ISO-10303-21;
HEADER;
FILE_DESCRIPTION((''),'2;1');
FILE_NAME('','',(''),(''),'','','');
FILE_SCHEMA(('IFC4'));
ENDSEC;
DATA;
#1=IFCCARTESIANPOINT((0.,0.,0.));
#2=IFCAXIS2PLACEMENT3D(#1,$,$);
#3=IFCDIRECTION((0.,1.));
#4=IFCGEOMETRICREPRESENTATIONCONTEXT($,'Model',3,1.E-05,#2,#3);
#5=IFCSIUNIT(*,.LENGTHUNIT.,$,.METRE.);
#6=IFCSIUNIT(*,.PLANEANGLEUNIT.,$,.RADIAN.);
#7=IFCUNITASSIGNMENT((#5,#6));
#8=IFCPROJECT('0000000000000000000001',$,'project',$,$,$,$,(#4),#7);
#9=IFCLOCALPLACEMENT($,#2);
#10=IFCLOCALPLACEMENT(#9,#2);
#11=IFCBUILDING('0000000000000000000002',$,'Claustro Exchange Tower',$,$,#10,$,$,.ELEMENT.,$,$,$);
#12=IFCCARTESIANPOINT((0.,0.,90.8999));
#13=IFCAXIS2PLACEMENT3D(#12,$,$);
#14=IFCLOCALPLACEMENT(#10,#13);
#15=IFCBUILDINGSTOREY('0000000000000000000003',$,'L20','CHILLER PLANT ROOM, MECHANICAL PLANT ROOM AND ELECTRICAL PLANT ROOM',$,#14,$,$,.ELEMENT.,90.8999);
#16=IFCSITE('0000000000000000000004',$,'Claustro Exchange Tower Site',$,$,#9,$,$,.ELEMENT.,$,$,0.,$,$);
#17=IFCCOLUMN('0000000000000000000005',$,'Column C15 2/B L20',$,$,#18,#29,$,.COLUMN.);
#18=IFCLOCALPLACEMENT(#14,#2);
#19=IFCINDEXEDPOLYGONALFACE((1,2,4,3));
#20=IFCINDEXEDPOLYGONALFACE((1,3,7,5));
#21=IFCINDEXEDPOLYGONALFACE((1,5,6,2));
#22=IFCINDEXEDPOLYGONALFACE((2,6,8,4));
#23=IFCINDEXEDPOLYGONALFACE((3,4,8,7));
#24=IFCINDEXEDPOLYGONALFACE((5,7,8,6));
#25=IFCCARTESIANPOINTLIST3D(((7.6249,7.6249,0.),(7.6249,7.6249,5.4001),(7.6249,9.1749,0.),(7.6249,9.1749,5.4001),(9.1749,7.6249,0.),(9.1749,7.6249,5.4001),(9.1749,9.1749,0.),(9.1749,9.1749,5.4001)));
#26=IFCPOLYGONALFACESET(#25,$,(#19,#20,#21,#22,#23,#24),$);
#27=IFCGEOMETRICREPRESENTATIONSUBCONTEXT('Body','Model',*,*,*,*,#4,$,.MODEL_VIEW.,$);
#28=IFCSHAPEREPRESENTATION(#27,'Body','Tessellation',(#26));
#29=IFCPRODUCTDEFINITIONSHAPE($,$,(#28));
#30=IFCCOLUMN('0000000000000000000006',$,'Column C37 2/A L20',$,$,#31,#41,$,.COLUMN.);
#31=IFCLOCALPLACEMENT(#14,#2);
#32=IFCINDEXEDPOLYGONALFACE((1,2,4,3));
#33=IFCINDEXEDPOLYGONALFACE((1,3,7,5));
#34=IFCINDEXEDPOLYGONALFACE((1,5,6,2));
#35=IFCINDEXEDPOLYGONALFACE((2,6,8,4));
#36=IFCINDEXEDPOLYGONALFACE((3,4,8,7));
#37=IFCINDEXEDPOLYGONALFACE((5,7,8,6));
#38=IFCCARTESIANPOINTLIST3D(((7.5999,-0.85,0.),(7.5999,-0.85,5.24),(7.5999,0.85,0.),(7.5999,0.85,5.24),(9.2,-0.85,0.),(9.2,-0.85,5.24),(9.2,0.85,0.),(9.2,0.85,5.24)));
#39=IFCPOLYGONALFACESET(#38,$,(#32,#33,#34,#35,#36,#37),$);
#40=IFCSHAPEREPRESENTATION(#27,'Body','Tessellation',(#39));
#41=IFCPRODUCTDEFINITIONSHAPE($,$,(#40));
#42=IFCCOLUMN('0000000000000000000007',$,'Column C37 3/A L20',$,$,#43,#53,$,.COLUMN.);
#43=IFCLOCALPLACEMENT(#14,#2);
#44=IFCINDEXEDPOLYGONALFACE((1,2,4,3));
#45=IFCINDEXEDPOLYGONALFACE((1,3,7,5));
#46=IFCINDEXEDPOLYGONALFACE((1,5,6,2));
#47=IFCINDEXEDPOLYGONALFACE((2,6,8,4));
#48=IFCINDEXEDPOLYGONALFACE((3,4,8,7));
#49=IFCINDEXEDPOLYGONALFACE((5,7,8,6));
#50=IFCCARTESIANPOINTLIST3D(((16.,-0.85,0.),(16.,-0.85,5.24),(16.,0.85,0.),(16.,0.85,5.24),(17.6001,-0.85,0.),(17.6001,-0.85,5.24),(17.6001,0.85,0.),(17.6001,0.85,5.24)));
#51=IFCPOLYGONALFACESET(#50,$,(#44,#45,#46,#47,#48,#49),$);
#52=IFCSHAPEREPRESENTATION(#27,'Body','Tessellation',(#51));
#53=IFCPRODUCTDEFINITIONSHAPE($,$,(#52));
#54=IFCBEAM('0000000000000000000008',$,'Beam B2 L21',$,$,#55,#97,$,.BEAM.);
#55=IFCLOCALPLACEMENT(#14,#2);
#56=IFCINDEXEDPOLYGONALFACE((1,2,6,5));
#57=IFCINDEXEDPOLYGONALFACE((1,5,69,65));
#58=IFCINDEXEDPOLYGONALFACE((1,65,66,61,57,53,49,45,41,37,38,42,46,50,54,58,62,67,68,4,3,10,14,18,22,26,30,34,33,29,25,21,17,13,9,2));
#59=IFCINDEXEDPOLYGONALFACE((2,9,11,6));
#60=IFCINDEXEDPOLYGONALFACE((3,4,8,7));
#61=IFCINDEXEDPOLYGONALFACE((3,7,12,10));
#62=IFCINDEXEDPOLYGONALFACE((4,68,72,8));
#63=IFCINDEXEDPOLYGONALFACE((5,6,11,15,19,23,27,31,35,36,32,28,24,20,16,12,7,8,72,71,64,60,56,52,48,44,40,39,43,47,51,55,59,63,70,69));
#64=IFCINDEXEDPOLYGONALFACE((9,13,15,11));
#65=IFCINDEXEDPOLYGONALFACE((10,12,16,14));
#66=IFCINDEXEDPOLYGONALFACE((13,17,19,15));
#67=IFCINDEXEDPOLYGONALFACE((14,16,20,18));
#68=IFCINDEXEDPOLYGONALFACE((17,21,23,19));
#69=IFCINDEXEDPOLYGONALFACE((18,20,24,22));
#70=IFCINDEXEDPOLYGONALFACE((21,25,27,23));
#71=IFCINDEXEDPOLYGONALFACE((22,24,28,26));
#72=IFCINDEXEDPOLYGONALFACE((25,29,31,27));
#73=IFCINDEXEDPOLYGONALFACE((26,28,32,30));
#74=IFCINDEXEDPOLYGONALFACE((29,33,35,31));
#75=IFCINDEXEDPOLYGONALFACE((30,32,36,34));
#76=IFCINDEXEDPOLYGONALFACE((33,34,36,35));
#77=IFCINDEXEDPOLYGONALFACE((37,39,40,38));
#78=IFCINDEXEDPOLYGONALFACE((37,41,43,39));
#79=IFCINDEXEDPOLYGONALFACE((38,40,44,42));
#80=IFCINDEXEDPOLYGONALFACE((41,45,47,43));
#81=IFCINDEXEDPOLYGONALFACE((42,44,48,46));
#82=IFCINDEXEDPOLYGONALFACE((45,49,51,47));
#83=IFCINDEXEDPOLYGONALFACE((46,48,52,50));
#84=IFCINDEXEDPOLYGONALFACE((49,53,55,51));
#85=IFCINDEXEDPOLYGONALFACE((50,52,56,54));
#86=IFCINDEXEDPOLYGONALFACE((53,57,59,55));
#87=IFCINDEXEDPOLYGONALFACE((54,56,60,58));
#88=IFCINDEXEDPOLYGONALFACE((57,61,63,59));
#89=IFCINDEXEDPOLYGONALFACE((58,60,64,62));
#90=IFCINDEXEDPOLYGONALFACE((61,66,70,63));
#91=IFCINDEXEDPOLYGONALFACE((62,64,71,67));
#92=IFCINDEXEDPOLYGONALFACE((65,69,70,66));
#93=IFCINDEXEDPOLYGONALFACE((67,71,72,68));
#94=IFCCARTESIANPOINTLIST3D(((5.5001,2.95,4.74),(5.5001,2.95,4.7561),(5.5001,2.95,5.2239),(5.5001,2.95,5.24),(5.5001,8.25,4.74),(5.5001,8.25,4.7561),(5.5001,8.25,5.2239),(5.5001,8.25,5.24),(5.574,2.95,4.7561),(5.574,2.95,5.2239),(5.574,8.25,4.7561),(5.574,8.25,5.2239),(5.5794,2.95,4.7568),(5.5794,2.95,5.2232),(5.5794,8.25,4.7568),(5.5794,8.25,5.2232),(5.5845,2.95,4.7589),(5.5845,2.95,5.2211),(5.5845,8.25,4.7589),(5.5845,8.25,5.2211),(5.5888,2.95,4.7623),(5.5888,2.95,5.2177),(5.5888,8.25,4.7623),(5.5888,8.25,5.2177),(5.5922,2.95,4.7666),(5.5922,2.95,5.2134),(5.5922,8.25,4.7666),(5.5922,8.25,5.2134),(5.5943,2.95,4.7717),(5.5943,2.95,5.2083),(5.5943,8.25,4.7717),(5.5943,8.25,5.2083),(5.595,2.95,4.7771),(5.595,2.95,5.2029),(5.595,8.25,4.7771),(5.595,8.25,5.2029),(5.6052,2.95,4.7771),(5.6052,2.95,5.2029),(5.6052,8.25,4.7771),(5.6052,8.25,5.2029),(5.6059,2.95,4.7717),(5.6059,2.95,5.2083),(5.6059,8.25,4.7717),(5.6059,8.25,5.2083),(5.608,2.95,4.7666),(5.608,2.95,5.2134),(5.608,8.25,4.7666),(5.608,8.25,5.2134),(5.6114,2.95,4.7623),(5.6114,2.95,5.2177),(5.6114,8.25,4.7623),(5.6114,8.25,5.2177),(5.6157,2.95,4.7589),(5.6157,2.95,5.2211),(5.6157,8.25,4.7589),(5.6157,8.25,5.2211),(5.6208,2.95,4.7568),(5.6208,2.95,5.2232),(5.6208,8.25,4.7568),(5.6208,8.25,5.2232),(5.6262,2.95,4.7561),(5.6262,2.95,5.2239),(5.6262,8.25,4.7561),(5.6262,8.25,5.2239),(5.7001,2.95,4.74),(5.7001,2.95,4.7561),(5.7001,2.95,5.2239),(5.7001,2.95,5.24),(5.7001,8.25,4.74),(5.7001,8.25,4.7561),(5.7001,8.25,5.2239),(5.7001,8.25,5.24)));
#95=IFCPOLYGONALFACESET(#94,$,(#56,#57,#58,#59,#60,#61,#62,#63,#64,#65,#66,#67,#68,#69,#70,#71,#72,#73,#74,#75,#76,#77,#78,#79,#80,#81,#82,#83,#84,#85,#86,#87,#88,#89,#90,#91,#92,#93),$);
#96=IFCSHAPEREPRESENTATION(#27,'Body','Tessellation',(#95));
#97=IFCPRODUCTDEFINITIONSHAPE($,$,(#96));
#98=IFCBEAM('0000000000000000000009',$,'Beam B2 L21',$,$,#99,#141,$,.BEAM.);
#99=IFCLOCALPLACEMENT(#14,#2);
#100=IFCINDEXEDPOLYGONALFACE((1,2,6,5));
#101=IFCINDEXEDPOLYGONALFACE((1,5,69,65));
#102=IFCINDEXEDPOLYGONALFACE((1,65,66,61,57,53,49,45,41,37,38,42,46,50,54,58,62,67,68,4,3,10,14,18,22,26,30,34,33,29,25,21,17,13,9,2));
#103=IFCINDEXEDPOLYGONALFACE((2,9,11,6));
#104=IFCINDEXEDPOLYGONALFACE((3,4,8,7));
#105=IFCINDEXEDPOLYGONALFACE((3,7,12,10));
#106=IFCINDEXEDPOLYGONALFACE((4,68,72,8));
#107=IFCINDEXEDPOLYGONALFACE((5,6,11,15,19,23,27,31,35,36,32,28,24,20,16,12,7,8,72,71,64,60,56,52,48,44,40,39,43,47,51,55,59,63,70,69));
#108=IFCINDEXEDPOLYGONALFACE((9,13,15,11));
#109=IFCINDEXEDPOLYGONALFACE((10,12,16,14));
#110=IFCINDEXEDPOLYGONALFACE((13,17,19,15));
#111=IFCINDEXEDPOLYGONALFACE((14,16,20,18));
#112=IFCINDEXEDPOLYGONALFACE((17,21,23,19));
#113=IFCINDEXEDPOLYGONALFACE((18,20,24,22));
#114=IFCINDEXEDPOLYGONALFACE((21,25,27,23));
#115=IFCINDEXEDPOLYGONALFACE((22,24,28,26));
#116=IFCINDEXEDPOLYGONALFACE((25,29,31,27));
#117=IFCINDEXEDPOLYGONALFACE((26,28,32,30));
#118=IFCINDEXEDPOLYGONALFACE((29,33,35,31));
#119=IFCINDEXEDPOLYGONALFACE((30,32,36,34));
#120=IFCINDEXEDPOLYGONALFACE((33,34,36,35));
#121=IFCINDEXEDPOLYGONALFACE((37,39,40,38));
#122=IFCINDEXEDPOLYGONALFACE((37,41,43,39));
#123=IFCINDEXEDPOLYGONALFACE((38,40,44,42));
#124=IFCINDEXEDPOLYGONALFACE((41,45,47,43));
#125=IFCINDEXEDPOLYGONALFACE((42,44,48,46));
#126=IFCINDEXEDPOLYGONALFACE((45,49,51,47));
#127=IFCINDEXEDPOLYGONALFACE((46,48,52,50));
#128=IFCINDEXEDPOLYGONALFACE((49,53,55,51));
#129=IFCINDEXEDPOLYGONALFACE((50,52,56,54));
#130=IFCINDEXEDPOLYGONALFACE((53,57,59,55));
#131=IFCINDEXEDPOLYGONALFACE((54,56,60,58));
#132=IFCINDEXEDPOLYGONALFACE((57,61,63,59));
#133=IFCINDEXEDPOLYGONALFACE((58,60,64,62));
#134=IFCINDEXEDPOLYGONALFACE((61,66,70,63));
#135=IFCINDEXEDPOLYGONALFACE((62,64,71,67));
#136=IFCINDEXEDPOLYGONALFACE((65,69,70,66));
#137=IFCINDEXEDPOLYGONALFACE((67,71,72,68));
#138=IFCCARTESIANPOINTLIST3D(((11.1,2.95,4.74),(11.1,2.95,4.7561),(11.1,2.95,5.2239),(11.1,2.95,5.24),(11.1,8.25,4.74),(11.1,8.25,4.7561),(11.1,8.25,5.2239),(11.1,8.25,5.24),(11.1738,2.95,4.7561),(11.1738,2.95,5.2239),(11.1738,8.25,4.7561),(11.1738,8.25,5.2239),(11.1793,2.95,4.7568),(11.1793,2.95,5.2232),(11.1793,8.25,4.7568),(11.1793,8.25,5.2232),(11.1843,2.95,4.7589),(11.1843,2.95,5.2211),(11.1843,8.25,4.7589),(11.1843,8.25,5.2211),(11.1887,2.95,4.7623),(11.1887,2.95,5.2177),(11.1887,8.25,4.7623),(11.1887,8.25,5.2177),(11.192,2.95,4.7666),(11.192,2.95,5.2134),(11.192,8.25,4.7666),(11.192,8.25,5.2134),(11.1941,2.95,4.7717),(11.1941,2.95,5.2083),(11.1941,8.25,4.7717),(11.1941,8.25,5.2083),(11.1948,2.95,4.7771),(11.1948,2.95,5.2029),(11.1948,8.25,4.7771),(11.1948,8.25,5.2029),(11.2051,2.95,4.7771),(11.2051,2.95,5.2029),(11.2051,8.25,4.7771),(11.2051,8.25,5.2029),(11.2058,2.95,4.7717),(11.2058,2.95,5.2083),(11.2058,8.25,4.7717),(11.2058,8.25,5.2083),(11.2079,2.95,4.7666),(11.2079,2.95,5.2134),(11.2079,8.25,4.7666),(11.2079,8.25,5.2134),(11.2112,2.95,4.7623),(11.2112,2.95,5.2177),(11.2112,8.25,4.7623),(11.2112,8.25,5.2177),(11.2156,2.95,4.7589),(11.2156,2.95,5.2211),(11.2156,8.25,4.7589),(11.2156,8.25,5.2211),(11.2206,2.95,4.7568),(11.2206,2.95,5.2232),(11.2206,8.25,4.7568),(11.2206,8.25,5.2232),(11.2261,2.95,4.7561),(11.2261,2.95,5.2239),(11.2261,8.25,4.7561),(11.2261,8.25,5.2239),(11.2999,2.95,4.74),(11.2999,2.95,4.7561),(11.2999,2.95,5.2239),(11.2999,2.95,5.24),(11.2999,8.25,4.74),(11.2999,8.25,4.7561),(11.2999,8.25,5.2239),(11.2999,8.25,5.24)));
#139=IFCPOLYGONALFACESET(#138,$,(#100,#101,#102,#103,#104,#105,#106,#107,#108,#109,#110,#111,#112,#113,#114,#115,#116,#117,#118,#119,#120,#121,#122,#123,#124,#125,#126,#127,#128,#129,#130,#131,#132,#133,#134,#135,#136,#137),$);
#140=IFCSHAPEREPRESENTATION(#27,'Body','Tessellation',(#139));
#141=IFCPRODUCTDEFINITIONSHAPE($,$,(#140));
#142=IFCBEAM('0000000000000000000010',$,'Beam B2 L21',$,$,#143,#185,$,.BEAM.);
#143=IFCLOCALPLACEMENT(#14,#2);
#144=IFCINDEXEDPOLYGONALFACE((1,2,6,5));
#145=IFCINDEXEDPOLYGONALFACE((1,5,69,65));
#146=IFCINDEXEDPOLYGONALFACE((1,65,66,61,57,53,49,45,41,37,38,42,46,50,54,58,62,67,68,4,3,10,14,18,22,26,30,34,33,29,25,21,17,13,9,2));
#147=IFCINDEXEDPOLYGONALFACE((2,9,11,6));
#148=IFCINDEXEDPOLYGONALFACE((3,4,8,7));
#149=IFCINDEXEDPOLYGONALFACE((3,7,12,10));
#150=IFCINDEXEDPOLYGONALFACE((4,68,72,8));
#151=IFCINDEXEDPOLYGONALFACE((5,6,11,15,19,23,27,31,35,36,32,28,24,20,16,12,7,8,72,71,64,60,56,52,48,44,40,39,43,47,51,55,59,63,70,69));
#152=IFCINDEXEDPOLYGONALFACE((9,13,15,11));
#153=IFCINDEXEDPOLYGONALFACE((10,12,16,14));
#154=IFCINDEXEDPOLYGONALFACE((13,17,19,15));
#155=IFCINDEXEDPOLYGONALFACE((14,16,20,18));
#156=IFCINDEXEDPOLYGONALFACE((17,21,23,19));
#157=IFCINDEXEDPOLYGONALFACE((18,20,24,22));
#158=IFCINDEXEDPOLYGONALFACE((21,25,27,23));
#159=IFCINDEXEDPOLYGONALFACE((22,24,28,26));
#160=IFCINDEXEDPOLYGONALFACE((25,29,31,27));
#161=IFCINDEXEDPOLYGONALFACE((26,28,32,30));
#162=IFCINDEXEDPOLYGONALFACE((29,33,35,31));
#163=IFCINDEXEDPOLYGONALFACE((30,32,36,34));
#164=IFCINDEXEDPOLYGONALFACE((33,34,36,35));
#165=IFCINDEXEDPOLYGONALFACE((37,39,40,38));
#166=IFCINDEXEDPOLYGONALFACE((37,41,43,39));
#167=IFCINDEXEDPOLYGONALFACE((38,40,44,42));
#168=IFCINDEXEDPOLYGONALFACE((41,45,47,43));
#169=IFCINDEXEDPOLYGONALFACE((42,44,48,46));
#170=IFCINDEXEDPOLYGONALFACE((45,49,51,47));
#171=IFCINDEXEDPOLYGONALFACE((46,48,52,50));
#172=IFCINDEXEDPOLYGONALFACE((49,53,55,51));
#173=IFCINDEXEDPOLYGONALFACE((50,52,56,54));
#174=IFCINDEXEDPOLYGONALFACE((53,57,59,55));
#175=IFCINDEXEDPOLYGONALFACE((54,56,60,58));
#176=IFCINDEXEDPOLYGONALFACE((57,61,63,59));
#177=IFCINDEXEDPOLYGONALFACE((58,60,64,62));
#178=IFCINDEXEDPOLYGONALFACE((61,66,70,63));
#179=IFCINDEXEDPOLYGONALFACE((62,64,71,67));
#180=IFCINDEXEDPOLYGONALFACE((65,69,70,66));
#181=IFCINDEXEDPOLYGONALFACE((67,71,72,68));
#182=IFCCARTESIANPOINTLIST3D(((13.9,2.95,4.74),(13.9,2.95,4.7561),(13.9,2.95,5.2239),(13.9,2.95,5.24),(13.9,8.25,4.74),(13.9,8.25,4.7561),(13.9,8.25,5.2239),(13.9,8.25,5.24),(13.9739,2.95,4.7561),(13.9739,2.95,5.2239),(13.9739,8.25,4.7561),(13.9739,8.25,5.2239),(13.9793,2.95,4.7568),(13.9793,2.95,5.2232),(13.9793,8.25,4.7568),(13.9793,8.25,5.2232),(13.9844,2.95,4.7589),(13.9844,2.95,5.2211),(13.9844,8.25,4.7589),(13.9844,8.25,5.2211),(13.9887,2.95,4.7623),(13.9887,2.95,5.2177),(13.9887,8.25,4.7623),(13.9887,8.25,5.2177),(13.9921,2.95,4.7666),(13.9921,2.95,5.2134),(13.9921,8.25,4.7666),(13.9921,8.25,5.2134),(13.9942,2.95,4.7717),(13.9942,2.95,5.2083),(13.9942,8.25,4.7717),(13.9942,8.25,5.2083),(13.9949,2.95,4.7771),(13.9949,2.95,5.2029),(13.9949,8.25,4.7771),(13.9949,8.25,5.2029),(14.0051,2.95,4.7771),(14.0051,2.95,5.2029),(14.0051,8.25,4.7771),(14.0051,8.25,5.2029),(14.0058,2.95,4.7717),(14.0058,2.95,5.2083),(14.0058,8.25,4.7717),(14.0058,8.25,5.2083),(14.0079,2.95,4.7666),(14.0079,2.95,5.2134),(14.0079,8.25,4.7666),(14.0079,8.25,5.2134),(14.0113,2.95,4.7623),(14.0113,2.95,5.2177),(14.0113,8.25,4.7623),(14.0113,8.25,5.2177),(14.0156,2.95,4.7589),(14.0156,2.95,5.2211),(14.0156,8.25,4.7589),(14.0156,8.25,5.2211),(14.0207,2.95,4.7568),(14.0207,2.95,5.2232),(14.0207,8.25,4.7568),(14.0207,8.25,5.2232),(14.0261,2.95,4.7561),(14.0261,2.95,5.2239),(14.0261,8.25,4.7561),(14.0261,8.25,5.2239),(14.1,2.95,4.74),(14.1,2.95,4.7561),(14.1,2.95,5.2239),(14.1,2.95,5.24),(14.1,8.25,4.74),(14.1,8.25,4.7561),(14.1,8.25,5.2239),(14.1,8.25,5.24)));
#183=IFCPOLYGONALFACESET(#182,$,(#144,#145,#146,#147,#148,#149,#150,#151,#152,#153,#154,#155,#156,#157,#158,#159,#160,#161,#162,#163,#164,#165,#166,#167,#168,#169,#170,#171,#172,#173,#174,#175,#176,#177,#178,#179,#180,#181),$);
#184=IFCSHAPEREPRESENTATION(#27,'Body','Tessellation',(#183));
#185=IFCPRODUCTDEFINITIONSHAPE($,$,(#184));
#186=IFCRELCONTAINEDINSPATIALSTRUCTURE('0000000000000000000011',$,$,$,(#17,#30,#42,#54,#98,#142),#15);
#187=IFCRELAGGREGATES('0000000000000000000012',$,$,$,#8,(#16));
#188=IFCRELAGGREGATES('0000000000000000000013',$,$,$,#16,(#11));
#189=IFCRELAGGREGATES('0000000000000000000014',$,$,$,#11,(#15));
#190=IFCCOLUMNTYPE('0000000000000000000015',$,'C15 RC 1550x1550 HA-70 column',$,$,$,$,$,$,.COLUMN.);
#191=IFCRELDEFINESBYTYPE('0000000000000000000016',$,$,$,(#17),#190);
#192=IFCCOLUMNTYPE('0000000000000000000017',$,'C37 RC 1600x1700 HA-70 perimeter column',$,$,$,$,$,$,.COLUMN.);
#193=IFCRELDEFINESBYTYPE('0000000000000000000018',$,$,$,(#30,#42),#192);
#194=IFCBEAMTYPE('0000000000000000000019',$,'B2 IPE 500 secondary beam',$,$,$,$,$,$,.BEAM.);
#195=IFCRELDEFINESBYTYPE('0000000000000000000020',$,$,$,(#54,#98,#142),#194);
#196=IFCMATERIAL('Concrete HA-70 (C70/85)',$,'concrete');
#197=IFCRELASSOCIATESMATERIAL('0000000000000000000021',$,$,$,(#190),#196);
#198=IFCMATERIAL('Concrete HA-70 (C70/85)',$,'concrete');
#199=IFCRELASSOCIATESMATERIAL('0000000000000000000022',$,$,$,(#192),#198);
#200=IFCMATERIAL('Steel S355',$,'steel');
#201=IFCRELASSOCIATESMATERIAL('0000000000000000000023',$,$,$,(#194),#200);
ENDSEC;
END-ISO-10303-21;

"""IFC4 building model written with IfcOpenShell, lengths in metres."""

from ifc_helpers import new_model, si_unit, direction, frame, origin, origin_2d, place, context, subcontext, project, spatial, rectangle, i_section, extrude, material, material_profile, profile_set, type_object, element, save


model = new_model("IFC4")

# Units and contexts
model_context = context("Model", 3, precision=1e-05, world=origin(), true_north=direction((0.0, 1.0)))
body_context = subcontext(model_context, "Body", "Model", "MODEL_VIEW")
ifc_project = project(units=[si_unit("LENGTHUNIT", "METRE"), si_unit("PLANEANGLEUNIT", "RADIAN")], contexts=[model_context])

# Site, building, storey
site_placement = place(None, origin())
site = spatial("IfcSite", under=ifc_project, at=site_placement, Name="Claustro Exchange Tower Site", CompositionType="ELEMENT", RefElevation=0.0)
building_placement = place(site_placement, origin())
building = spatial("IfcBuilding", under=site, at=building_placement, Name="Claustro Exchange Tower", CompositionType="ELEMENT")
storey_placement = place(building_placement, frame((0.0, 0.0, 90.8999)))
storey = spatial("IfcBuildingStorey", under=building, at=storey_placement, Name="L20", Description="CHILLER PLANT ROOM, MECHANICAL PLANT ROOM AND ELECTRICAL PLANT ROOM", CompositionType="ELEMENT", Elevation=90.8999)

# Columns
ifc_material_1 = material(Name="Concrete HA-70 (C70/85)", Category="concrete")
ifc_material_profile_1 = material_profile(ifc_material_1, rectangle(XDim=1.55, YDim=1.55, at=origin_2d()), Name="RC 1550x1550")
ifc_profile_set_1 = profile_set([ifc_material_profile_1], Name="Concrete HA-70 (C70/85)")
column_type_1 = type_object("IfcColumnType", Name="C15 RC 1550x1550 HA-70 column", PredefinedType="COLUMN", material=ifc_profile_set_1)
column_placement = place(storey_placement, frame((8.3999, 8.3999, 0.0), z_axis=(0.0, 0.0, 1.0), x_axis=(1.0, 0.0, 0.0)))
element("IfcColumn", 1, at=column_placement, inside=storey, type_object=column_type_1, Name="Column C15 2/B L20", PredefinedType="COLUMN", context=body_context, shape_type="SweptSolid", body=[
    extrude(rectangle(XDim=1.55, YDim=1.55, at=origin_2d()), origin(), (0.0, 0.0, 1.0), 5.4001),
])
ifc_material_2 = material(Name="Concrete HA-70 (C70/85)", Category="concrete")
ifc_material_profile_2 = material_profile(ifc_material_2, rectangle(XDim=1.6001, YDim=1.7, at=origin_2d()), Name="RC 1600x1700")
ifc_profile_set_2 = profile_set([ifc_material_profile_2], Name="Concrete HA-70 (C70/85)")
column_type_2 = type_object("IfcColumnType", Name="C37 RC 1600x1700 HA-70 perimeter column", PredefinedType="COLUMN", material=ifc_profile_set_2)
for number, where, z_axis, x_axis, name in (
    (2, (8.3999, 0.0, 0.0), (0.0, 0.0, 1.0), (1.0, 0.0, 0.0), "Column C37 2/A L20"),
    (3, (16.8, 0.0, 0.0), (0.0, 0.0, 1.0), (1.0, 0.0, 0.0), "Column C37 3/A L20"),
):
    element("IfcColumn", number, at=place(storey_placement, frame(where, z_axis=z_axis, x_axis=x_axis)), inside=storey, type_object=column_type_2, Name=name, PredefinedType="COLUMN", context=body_context, shape_type="SweptSolid", body=[
        extrude(rectangle(XDim=1.6001, YDim=1.7, at=origin_2d()), origin(), (0.0, 0.0, 1.0), 5.24),
    ])

# Beams
ifc_material_3 = material(Name="Steel S355", Category="steel")
ifc_material_profile_3 = material_profile(ifc_material_3, i_section(OverallWidth=0.2, OverallDepth=0.5, WebThickness=0.0103, FlangeThickness=0.0161, FilletRadius=0.021, at=origin_2d()), Name="IPE 500")
ifc_profile_set_3 = profile_set([ifc_material_profile_3], Name="Steel S355")
beam_type_1 = type_object("IfcBeamType", Name="B2 IPE 500 secondary beam", PredefinedType="BEAM", material=ifc_profile_set_3)
for number, where, z_axis, x_axis, name in (
    (4, (5.6001, 2.95, 4.99), (0.0, 1.0, 0.0), (-1.0, 0.0, 0.0), "Beam B2 L21"),
    (5, (11.2, 2.95, 4.99), (0.0, 1.0, 0.0), (-1.0, 0.0, 0.0), "Beam B2 L21"),
    (6, (14.0, 2.95, 4.99), (0.0, 1.0, 0.0), (-1.0, 0.0, 0.0), "Beam B2 L21"),
):
    element("IfcBeam", number, at=place(storey_placement, frame(where, z_axis=z_axis, x_axis=x_axis)), inside=storey, type_object=beam_type_1, Name=name, PredefinedType="BEAM", context=body_context, shape_type="SweptSolid", body=[
        extrude(i_section(OverallWidth=0.2, OverallDepth=0.5, WebThickness=0.0103, FlangeThickness=0.0161, FilletRadius=0.021, at=origin_2d()), origin(), (0.0, 0.0, 1.0), 5.3),
    ])

save(model, "model.ifc")
